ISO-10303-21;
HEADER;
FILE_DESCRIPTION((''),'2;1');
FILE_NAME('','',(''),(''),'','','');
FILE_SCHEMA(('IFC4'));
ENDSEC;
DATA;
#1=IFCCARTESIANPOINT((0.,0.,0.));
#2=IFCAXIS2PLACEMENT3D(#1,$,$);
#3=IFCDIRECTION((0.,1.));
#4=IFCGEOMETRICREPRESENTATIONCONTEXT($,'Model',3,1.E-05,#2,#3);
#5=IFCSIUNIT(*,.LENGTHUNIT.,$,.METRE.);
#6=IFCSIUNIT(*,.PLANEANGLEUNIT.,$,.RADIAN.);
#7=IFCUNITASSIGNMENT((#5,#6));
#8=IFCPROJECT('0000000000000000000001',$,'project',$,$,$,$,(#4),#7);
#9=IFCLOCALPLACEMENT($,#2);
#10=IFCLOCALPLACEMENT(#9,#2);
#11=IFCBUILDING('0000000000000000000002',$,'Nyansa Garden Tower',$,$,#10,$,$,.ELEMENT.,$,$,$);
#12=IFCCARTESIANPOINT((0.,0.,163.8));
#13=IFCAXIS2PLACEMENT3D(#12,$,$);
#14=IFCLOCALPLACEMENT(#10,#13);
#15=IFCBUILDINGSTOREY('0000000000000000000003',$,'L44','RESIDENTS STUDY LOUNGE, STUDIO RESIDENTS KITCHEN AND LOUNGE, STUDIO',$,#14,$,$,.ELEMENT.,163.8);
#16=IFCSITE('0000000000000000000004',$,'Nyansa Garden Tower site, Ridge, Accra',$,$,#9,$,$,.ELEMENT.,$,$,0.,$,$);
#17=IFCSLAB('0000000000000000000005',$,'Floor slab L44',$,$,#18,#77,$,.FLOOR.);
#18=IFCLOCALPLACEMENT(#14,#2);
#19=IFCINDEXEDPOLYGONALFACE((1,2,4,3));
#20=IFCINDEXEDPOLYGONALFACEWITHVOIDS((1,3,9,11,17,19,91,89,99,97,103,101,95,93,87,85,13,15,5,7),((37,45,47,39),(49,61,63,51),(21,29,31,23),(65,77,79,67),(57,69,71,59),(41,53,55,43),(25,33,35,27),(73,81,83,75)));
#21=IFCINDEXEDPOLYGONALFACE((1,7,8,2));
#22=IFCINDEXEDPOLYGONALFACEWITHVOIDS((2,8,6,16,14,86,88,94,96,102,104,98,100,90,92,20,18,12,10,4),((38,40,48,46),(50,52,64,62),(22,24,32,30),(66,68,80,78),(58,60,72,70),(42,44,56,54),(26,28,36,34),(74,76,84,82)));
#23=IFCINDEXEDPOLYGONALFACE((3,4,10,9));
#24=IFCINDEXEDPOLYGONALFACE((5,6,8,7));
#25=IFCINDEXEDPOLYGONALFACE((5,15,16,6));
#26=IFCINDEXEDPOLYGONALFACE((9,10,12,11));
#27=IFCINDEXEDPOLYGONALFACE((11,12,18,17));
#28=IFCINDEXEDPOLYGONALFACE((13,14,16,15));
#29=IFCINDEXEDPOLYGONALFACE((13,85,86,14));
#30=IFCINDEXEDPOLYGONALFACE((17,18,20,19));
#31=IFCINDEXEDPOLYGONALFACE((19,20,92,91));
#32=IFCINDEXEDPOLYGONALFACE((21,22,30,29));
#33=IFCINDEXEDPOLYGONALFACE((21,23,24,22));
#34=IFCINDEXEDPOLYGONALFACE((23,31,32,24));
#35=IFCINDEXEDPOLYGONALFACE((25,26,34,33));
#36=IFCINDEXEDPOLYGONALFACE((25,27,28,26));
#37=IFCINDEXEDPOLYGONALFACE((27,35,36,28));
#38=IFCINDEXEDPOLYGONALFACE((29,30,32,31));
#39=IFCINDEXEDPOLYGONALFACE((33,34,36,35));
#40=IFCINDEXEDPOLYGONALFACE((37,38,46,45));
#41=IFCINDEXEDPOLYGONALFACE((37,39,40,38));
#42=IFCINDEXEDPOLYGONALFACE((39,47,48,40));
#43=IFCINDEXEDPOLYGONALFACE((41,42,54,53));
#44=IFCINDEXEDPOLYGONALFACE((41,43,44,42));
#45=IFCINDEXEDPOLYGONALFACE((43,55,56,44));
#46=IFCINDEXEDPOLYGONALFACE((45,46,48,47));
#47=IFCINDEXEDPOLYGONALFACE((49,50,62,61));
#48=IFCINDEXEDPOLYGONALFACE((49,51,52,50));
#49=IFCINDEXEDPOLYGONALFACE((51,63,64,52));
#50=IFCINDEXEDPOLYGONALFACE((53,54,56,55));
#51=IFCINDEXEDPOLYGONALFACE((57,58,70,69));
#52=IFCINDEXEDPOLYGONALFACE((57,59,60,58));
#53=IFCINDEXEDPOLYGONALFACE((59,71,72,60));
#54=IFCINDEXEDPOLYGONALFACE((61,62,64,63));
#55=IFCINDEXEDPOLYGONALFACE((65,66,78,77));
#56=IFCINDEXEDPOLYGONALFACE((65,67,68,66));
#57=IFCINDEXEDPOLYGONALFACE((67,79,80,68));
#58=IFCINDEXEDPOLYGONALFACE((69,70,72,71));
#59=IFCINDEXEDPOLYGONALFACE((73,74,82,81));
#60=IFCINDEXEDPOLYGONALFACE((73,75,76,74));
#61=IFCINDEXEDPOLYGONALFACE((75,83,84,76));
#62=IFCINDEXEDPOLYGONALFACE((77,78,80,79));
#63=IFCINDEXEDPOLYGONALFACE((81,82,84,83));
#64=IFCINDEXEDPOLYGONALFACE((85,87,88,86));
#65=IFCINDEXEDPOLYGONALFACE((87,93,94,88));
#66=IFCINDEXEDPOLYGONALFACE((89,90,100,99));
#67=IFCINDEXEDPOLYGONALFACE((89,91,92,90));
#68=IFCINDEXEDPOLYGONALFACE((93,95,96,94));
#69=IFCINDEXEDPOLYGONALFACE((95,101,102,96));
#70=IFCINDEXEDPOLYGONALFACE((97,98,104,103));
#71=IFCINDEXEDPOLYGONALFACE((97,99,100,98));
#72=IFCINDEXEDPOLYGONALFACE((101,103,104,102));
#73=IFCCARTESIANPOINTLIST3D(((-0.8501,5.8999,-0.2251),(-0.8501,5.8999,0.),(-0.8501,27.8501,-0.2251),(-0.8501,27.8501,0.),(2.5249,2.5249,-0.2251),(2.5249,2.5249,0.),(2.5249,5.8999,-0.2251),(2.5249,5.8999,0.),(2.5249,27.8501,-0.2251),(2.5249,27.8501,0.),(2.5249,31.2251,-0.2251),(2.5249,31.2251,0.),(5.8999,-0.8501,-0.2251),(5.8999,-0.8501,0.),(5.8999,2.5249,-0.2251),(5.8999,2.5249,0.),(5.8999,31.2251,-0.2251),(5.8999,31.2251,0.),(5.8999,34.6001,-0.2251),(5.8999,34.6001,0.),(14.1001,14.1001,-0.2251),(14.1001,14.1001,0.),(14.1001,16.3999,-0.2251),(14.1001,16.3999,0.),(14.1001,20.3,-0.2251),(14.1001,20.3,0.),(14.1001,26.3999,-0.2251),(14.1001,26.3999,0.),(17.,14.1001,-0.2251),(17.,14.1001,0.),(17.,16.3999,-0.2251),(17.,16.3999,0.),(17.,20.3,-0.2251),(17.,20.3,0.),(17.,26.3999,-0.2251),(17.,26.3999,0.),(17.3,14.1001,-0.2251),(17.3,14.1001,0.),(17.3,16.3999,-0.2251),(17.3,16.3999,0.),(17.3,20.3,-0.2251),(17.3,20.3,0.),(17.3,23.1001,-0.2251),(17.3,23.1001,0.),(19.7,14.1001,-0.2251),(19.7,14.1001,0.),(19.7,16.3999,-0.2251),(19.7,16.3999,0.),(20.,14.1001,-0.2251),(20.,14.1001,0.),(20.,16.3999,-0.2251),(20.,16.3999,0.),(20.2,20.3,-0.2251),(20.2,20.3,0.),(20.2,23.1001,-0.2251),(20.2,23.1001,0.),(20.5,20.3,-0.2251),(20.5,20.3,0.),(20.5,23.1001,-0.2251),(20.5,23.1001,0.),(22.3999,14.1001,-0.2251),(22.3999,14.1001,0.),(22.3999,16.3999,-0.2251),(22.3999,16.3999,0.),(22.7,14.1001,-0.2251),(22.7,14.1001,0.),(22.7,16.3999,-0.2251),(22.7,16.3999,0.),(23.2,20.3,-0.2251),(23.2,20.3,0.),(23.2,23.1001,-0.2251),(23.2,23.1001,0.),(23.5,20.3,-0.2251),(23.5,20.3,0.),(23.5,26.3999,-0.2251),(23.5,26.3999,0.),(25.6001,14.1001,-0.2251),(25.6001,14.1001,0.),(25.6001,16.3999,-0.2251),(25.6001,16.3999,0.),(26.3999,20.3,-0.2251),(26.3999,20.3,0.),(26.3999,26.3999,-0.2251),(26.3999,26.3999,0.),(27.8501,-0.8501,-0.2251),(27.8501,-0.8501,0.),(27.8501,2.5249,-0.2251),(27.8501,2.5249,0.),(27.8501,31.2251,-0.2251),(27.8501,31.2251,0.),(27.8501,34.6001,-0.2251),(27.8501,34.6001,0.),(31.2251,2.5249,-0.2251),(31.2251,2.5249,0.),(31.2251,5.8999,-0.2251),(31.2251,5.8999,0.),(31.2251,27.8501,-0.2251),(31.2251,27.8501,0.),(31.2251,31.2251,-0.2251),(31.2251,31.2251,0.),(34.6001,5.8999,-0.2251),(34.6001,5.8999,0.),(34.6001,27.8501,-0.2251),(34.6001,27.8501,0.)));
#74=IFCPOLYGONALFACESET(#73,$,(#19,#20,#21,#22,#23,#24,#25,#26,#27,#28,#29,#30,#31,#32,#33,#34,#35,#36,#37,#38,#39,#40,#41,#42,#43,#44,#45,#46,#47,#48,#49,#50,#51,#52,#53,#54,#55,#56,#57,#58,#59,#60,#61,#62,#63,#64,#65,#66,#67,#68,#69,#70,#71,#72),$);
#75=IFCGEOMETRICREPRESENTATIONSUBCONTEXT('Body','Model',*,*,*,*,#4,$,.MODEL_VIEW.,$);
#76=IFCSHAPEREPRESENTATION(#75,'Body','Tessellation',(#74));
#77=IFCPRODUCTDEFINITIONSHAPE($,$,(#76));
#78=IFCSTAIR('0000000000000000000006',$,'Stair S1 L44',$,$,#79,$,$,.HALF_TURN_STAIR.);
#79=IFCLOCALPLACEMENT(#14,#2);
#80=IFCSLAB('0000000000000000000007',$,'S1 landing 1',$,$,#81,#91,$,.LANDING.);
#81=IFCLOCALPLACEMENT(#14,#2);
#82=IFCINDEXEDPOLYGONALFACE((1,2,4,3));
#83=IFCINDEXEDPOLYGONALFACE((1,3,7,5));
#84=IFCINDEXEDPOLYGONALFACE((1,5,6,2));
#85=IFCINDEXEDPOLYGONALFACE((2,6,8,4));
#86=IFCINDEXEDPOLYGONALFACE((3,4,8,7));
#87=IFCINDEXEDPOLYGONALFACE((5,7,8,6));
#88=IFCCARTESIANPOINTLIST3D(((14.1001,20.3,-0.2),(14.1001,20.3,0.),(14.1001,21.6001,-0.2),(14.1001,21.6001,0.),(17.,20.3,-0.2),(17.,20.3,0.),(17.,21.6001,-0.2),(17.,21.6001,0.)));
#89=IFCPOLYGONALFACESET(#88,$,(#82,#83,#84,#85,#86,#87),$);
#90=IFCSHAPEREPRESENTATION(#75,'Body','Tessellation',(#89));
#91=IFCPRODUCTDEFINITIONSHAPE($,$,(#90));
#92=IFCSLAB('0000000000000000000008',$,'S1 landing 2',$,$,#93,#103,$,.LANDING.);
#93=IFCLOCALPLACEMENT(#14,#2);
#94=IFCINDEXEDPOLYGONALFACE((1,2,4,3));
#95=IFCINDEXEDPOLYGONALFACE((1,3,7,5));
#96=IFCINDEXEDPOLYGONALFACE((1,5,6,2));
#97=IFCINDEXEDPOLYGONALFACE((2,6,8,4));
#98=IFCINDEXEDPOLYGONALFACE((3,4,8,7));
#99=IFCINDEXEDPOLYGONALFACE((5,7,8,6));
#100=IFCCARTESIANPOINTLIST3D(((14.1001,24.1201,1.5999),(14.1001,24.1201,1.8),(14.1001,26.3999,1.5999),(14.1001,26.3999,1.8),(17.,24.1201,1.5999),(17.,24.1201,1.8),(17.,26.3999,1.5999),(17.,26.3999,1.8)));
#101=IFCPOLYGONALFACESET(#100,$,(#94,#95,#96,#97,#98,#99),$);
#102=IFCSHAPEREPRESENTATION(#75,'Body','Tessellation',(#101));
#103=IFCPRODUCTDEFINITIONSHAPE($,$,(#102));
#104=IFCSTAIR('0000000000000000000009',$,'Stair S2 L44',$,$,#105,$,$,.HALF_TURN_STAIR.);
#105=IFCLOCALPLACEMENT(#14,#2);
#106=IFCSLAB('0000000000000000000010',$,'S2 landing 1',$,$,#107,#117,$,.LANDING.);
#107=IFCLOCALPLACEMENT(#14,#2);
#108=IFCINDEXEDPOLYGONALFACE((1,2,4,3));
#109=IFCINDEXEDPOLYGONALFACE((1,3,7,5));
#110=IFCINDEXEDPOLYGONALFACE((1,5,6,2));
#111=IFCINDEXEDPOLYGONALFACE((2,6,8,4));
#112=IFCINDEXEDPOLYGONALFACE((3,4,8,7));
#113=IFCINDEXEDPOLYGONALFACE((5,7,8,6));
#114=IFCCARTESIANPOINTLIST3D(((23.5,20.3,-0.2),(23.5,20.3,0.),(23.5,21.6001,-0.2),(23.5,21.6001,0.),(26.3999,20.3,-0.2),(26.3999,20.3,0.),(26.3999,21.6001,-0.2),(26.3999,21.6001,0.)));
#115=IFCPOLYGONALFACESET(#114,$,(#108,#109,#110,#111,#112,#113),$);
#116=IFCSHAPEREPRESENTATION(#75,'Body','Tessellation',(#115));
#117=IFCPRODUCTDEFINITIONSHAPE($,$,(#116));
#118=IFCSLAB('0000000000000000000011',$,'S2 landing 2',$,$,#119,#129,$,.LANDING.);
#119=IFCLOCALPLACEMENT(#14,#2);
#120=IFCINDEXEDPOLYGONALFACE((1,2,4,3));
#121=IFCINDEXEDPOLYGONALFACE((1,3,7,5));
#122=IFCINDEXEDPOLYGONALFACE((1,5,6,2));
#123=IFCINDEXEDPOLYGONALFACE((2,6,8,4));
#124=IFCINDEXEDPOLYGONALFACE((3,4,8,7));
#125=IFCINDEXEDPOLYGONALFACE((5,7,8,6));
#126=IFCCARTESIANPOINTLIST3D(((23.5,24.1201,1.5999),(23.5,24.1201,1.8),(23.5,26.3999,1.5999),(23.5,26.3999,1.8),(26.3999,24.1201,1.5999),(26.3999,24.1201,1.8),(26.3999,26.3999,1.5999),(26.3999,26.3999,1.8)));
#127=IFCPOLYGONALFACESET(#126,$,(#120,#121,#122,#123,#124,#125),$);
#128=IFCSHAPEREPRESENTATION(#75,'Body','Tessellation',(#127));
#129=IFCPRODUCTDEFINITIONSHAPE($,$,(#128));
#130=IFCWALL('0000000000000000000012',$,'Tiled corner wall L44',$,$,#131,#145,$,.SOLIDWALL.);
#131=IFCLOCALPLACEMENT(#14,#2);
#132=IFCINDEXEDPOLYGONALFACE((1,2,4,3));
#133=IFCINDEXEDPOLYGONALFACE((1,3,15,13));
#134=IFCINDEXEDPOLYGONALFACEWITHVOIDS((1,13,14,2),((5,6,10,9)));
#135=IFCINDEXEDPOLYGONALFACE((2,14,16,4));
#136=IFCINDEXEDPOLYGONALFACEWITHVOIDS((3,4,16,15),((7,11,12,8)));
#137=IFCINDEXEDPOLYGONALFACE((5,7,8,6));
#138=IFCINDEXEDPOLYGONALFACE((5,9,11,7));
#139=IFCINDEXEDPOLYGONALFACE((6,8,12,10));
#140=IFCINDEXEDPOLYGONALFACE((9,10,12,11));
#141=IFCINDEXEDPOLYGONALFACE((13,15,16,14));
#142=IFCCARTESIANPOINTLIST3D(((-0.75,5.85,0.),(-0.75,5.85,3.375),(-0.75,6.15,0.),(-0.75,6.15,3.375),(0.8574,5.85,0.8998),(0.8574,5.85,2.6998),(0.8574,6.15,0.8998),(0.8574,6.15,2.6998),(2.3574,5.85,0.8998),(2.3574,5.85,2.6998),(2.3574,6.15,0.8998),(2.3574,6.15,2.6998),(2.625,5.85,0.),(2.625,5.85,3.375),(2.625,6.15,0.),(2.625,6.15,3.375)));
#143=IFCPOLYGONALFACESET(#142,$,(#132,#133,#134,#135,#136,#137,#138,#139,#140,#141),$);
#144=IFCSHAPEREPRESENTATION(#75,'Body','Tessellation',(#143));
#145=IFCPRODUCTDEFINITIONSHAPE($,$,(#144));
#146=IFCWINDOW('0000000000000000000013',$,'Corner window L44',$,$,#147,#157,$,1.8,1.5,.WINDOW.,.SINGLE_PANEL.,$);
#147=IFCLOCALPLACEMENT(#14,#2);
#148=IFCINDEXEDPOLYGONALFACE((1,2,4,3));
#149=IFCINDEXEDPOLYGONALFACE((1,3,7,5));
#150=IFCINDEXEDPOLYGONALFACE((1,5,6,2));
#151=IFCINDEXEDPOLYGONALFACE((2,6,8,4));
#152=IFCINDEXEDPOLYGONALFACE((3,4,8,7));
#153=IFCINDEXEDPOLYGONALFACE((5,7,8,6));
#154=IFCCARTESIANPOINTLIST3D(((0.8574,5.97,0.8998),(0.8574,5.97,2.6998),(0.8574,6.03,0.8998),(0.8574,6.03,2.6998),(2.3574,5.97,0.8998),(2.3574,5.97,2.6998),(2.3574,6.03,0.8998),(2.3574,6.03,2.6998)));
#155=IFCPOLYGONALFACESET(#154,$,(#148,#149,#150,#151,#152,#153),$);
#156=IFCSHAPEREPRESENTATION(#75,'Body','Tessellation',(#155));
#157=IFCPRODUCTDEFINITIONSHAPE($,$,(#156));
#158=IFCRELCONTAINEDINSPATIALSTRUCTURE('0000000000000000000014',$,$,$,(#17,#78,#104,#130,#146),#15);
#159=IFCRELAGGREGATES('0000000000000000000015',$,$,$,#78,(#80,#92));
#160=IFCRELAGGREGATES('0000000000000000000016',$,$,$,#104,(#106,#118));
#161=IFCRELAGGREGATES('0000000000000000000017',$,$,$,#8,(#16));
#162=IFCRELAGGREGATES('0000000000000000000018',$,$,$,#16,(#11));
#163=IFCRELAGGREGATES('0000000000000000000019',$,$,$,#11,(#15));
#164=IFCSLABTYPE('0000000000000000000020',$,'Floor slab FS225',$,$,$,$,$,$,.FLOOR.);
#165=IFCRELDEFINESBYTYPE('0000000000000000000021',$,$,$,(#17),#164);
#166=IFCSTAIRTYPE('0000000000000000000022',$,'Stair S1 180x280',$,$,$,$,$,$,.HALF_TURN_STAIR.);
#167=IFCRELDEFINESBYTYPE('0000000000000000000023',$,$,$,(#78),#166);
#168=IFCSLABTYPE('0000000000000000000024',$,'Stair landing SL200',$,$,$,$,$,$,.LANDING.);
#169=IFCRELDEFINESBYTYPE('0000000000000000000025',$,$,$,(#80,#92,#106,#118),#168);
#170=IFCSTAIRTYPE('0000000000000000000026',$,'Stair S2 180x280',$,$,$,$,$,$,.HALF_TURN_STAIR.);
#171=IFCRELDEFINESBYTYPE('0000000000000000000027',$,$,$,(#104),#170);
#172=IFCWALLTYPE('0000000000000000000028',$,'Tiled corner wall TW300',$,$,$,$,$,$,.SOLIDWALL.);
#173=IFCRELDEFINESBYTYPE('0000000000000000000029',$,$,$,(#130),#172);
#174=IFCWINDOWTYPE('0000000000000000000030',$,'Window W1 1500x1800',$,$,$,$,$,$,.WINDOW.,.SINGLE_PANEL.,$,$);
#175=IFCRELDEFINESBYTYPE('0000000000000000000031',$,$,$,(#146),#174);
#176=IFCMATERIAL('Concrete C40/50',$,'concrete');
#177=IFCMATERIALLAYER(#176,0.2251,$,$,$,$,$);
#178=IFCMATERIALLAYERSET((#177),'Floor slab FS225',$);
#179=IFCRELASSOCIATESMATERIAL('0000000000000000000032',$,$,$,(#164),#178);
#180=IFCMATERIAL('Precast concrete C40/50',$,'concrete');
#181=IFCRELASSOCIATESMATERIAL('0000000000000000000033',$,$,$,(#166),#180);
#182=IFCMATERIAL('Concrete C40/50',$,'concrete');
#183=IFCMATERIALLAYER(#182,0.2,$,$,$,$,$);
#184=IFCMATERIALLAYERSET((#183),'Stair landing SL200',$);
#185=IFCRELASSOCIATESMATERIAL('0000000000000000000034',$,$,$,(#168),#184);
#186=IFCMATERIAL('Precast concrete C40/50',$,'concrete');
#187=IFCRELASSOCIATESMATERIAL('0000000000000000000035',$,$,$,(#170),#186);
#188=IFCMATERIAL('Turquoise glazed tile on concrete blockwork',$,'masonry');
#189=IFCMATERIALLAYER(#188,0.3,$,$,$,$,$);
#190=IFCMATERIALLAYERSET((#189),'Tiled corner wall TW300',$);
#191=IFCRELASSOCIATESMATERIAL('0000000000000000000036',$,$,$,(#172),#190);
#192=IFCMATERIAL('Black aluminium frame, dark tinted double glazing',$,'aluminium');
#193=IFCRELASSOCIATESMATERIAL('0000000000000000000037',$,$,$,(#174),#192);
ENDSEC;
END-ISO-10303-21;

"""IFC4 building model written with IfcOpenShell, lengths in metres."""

from ifc_helpers import new_model, si_unit, direction, frame, frame_2d, origin, place, context, subcontext, project, spatial, polyline, rectangle, outline, extrude, material, layer, layer_set, type_object, element, fill, aggregate, save


model = new_model("IFC4")

# Units and contexts
model_context = context("Model", 3, precision=1e-05, world=origin(), true_north=direction((0.0, 1.0)))
body_context = subcontext(model_context, "Body", "Model", "MODEL_VIEW")
ifc_project = project(units=[si_unit("LENGTHUNIT", "METRE"), si_unit("PLANEANGLEUNIT", "RADIAN")], contexts=[model_context])

# Site, building, storey
site_placement = place(None, origin())
site = spatial("IfcSite", under=ifc_project, at=site_placement, Name="Nyansa Garden Tower site, Ridge, Accra", CompositionType="ELEMENT", RefElevation=0.0)
building_placement = place(site_placement, origin())
building = spatial("IfcBuilding", under=site, at=building_placement, Name="Nyansa Garden Tower", CompositionType="ELEMENT")
storey_placement = place(building_placement, frame((0.0, 0.0, 163.8)))
storey = spatial("IfcBuildingStorey", under=building, at=storey_placement, Name="L44", Description="RESIDENTS STUDY LOUNGE, STUDIO RESIDENTS KITCHEN AND LOUNGE, STUDIO", CompositionType="ELEMENT", Elevation=163.8)

# Slab
ifc_material_1 = material(Name="Concrete C40/50", Category="concrete")
ifc_layer_1 = layer(ifc_material_1, 0.2251)
ifc_layer_set_1 = layer_set([ifc_layer_1], Name="Floor slab FS225")
slab_type_1 = type_object("IfcSlabType", Name="Floor slab FS225", PredefinedType="FLOOR", material=ifc_layer_set_1)
slab_1_placement = place(storey_placement, frame((0.0, 0.0, -0.2251)))
element("IfcSlab", 1, at=slab_1_placement, inside=storey, type_object=slab_type_1, Name="Floor slab L44", PredefinedType="FLOOR", context=body_context, shape_type="SweptSolid", body=[
    extrude(outline(polyline([(34.6001, 5.8999), (31.2251, 5.8999), (31.2251, 2.5249), (27.8501, 2.5249), (27.8501, -0.8501), (5.8999, -0.8501), (5.8999, 2.5249), (2.5249, 2.5249), (2.5249, 5.8999), (-0.8501, 5.8999), (-0.8501, 27.8501), (2.5249, 27.8501), (2.5249, 31.2251), (5.8999, 31.2251), (5.8999, 34.6001), (27.8501, 34.6001), (27.8501, 31.2251), (31.2251, 31.2251), (31.2251, 27.8501), (34.6001, 27.8501), (34.6001, 5.8999)]), holes=[polyline([(14.1001, 14.1001), (17.0, 14.1001), (17.0, 16.3999), (14.1001, 16.3999), (14.1001, 14.1001)]), polyline([(17.3, 14.1001), (19.7, 14.1001), (19.7, 16.3999), (17.3, 16.3999), (17.3, 14.1001)]), polyline([(20.0, 14.1001), (22.3999, 14.1001), (22.3999, 16.3999), (20.0, 16.3999), (20.0, 14.1001)]), polyline([(22.7, 14.1001), (25.6001, 14.1001), (25.6001, 16.3999), (22.7, 16.3999), (22.7, 14.1001)]), polyline([(17.3, 20.3), (20.2, 20.3), (20.2, 23.1001), (17.3, 23.1001), (17.3, 20.3)]), polyline([(20.5, 20.3), (23.2, 20.3), (23.2, 23.1001), (20.5, 23.1001), (20.5, 20.3)]), polyline([(14.1001, 20.3), (17.0, 20.3), (17.0, 26.3999), (14.1001, 26.3999), (14.1001, 20.3)]), polyline([(23.5, 20.3), (26.3999, 20.3), (26.3999, 26.3999), (23.5, 26.3999), (23.5, 20.3)])]), origin(), (0.0, 0.0, 1.0), 0.2251),
])

# Stairs, slabs
ifc_material_2 = material(Name="Precast concrete C40/50", Category="concrete")
stair_type_1 = type_object("IfcStairType", Name="Stair S1 180x280", PredefinedType="HALF_TURN_STAIR", material=ifc_material_2)
stair_1_placement = place(storey_placement, origin())
stair_1 = element("IfcStair", 2, at=stair_1_placement, inside=storey, type_object=stair_type_1, Name="Stair S1 L44", PredefinedType="HALF_TURN_STAIR")
ifc_material_3 = material(Name="Concrete C40/50", Category="concrete")
ifc_layer_2 = layer(ifc_material_3, 0.2)
ifc_layer_set_2 = layer_set([ifc_layer_2], Name="Stair landing SL200")
slab_type_2 = type_object("IfcSlabType", Name="Stair landing SL200", PredefinedType="LANDING", material=ifc_layer_set_2)
slab_2_placement = place(storey_placement, frame((0.0, 0.0, -0.2)))
slab_2 = element("IfcSlab", 3, at=slab_2_placement, type_object=slab_type_2, Name="S1 landing 1", PredefinedType="LANDING", context=body_context, shape_type="SweptSolid", body=[
    extrude(outline(polyline([(14.1001, 20.3), (17.0, 20.3), (17.0, 21.6001), (14.1001, 21.6001), (14.1001, 20.3)])), origin(), (0.0, 0.0, 1.0), 0.2),
])
slab_3_placement = place(storey_placement, frame((0.0, 0.0, 1.5999)))
slab_3 = element("IfcSlab", 4, at=slab_3_placement, type_object=slab_type_2, Name="S1 landing 2", PredefinedType="LANDING", context=body_context, shape_type="SweptSolid", body=[
    extrude(outline(polyline([(14.1001, 24.1201), (17.0, 24.1201), (17.0, 26.3999), (14.1001, 26.3999), (14.1001, 24.1201)])), origin(), (0.0, 0.0, 1.0), 0.2002),
])
aggregate(stair_1, [slab_2, slab_3])
ifc_material_4 = material(Name="Precast concrete C40/50", Category="concrete")
stair_type_2 = type_object("IfcStairType", Name="Stair S2 180x280", PredefinedType="HALF_TURN_STAIR", material=ifc_material_4)
stair_2_placement = place(storey_placement, origin())
stair_2 = element("IfcStair", 5, at=stair_2_placement, inside=storey, type_object=stair_type_2, Name="Stair S2 L44", PredefinedType="HALF_TURN_STAIR")
slab_4_placement = place(storey_placement, frame((0.0, 0.0, -0.2)))
slab_4 = element("IfcSlab", 6, at=slab_4_placement, type_object=slab_type_2, Name="S2 landing 1", PredefinedType="LANDING", context=body_context, shape_type="SweptSolid", body=[
    extrude(outline(polyline([(23.5, 20.3), (26.3999, 20.3), (26.3999, 21.6001), (23.5, 21.6001), (23.5, 20.3)])), origin(), (0.0, 0.0, 1.0), 0.2),
])
slab_5_placement = place(storey_placement, frame((0.0, 0.0, 1.5999)))
slab_5 = element("IfcSlab", 7, at=slab_5_placement, type_object=slab_type_2, Name="S2 landing 2", PredefinedType="LANDING", context=body_context, shape_type="SweptSolid", body=[
    extrude(outline(polyline([(23.5, 24.1201), (26.3999, 24.1201), (26.3999, 26.3999), (23.5, 26.3999), (23.5, 24.1201)])), origin(), (0.0, 0.0, 1.0), 0.2002),
])
aggregate(stair_2, [slab_4, slab_5])

# Wall, opening, window
ifc_material_5 = material(Name="Turquoise glazed tile on concrete blockwork", Category="masonry")
ifc_layer_3 = layer(ifc_material_5, 0.3)
ifc_layer_set_3 = layer_set([ifc_layer_3], Name="Tiled corner wall TW300")
wall_type = type_object("IfcWallType", Name="Tiled corner wall TW300", PredefinedType="SOLIDWALL", material=ifc_layer_set_3)
wall_1_placement = place(storey_placement, frame((-0.75, 6.0, 0.0), z_axis=(0.0, 0.0, 1.0), x_axis=(1.0, 0.0, 0.0)))
wall_1 = element("IfcWall", 8, at=wall_1_placement, inside=storey, type_object=wall_type, Name="Tiled corner wall L44", PredefinedType="SOLIDWALL", context=body_context, shape_type="SweptSolid", body=[
    extrude(rectangle(XDim=3.375, YDim=0.3, at=frame_2d((1.6875, 0.0))), origin(), (0.0, 0.0, 1.0), 3.375),
])
opening_1_placement = place(wall_1_placement, frame((1.6074, 0.0, 0.8999)))
opening_1 = element("IfcOpeningElement", 9, at=opening_1_placement, cuts=wall_1, PredefinedType="OPENING", context=body_context, shape_type="SweptSolid", body=[
    extrude(rectangle(XDim=1.5, YDim=1.8, at=frame_2d((0.75, 0.8999))), frame((0.0, 0.1599, 0.0), z_axis=(0.0, -1.0, 0.0), x_axis=(1.0, 0.0, 0.0)), (0.0, 0.0, 1.0), 0.3201),
])
ifc_material_6 = material(Name="Black aluminium frame, dark tinted double glazing", Category="aluminium")
window_type_1 = type_object("IfcWindowType", Name="Window W1 1500x1800", PartitioningType="SINGLE_PANEL", PredefinedType="WINDOW", material=ifc_material_6)
window_1_placement = place(opening_1_placement, origin())
window_1 = element("IfcWindow", 10, at=window_1_placement, inside=storey, type_object=window_type_1, Name="Corner window L44", OverallHeight=1.8, OverallWidth=1.5, PartitioningType="SINGLE_PANEL", PredefinedType="WINDOW", context=body_context, shape_type="SweptSolid", body=[
    extrude(rectangle(XDim=1.5, YDim=1.8, at=frame_2d((0.75, 0.8999))), frame((0.0, 0.03, 0.0), z_axis=(0.0, -1.0, 0.0), x_axis=(1.0, 0.0, 0.0)), (0.0, 0.0, 1.0), 0.0601),
])
fill(opening_1, window_1)

save(model, "model.ifc")
